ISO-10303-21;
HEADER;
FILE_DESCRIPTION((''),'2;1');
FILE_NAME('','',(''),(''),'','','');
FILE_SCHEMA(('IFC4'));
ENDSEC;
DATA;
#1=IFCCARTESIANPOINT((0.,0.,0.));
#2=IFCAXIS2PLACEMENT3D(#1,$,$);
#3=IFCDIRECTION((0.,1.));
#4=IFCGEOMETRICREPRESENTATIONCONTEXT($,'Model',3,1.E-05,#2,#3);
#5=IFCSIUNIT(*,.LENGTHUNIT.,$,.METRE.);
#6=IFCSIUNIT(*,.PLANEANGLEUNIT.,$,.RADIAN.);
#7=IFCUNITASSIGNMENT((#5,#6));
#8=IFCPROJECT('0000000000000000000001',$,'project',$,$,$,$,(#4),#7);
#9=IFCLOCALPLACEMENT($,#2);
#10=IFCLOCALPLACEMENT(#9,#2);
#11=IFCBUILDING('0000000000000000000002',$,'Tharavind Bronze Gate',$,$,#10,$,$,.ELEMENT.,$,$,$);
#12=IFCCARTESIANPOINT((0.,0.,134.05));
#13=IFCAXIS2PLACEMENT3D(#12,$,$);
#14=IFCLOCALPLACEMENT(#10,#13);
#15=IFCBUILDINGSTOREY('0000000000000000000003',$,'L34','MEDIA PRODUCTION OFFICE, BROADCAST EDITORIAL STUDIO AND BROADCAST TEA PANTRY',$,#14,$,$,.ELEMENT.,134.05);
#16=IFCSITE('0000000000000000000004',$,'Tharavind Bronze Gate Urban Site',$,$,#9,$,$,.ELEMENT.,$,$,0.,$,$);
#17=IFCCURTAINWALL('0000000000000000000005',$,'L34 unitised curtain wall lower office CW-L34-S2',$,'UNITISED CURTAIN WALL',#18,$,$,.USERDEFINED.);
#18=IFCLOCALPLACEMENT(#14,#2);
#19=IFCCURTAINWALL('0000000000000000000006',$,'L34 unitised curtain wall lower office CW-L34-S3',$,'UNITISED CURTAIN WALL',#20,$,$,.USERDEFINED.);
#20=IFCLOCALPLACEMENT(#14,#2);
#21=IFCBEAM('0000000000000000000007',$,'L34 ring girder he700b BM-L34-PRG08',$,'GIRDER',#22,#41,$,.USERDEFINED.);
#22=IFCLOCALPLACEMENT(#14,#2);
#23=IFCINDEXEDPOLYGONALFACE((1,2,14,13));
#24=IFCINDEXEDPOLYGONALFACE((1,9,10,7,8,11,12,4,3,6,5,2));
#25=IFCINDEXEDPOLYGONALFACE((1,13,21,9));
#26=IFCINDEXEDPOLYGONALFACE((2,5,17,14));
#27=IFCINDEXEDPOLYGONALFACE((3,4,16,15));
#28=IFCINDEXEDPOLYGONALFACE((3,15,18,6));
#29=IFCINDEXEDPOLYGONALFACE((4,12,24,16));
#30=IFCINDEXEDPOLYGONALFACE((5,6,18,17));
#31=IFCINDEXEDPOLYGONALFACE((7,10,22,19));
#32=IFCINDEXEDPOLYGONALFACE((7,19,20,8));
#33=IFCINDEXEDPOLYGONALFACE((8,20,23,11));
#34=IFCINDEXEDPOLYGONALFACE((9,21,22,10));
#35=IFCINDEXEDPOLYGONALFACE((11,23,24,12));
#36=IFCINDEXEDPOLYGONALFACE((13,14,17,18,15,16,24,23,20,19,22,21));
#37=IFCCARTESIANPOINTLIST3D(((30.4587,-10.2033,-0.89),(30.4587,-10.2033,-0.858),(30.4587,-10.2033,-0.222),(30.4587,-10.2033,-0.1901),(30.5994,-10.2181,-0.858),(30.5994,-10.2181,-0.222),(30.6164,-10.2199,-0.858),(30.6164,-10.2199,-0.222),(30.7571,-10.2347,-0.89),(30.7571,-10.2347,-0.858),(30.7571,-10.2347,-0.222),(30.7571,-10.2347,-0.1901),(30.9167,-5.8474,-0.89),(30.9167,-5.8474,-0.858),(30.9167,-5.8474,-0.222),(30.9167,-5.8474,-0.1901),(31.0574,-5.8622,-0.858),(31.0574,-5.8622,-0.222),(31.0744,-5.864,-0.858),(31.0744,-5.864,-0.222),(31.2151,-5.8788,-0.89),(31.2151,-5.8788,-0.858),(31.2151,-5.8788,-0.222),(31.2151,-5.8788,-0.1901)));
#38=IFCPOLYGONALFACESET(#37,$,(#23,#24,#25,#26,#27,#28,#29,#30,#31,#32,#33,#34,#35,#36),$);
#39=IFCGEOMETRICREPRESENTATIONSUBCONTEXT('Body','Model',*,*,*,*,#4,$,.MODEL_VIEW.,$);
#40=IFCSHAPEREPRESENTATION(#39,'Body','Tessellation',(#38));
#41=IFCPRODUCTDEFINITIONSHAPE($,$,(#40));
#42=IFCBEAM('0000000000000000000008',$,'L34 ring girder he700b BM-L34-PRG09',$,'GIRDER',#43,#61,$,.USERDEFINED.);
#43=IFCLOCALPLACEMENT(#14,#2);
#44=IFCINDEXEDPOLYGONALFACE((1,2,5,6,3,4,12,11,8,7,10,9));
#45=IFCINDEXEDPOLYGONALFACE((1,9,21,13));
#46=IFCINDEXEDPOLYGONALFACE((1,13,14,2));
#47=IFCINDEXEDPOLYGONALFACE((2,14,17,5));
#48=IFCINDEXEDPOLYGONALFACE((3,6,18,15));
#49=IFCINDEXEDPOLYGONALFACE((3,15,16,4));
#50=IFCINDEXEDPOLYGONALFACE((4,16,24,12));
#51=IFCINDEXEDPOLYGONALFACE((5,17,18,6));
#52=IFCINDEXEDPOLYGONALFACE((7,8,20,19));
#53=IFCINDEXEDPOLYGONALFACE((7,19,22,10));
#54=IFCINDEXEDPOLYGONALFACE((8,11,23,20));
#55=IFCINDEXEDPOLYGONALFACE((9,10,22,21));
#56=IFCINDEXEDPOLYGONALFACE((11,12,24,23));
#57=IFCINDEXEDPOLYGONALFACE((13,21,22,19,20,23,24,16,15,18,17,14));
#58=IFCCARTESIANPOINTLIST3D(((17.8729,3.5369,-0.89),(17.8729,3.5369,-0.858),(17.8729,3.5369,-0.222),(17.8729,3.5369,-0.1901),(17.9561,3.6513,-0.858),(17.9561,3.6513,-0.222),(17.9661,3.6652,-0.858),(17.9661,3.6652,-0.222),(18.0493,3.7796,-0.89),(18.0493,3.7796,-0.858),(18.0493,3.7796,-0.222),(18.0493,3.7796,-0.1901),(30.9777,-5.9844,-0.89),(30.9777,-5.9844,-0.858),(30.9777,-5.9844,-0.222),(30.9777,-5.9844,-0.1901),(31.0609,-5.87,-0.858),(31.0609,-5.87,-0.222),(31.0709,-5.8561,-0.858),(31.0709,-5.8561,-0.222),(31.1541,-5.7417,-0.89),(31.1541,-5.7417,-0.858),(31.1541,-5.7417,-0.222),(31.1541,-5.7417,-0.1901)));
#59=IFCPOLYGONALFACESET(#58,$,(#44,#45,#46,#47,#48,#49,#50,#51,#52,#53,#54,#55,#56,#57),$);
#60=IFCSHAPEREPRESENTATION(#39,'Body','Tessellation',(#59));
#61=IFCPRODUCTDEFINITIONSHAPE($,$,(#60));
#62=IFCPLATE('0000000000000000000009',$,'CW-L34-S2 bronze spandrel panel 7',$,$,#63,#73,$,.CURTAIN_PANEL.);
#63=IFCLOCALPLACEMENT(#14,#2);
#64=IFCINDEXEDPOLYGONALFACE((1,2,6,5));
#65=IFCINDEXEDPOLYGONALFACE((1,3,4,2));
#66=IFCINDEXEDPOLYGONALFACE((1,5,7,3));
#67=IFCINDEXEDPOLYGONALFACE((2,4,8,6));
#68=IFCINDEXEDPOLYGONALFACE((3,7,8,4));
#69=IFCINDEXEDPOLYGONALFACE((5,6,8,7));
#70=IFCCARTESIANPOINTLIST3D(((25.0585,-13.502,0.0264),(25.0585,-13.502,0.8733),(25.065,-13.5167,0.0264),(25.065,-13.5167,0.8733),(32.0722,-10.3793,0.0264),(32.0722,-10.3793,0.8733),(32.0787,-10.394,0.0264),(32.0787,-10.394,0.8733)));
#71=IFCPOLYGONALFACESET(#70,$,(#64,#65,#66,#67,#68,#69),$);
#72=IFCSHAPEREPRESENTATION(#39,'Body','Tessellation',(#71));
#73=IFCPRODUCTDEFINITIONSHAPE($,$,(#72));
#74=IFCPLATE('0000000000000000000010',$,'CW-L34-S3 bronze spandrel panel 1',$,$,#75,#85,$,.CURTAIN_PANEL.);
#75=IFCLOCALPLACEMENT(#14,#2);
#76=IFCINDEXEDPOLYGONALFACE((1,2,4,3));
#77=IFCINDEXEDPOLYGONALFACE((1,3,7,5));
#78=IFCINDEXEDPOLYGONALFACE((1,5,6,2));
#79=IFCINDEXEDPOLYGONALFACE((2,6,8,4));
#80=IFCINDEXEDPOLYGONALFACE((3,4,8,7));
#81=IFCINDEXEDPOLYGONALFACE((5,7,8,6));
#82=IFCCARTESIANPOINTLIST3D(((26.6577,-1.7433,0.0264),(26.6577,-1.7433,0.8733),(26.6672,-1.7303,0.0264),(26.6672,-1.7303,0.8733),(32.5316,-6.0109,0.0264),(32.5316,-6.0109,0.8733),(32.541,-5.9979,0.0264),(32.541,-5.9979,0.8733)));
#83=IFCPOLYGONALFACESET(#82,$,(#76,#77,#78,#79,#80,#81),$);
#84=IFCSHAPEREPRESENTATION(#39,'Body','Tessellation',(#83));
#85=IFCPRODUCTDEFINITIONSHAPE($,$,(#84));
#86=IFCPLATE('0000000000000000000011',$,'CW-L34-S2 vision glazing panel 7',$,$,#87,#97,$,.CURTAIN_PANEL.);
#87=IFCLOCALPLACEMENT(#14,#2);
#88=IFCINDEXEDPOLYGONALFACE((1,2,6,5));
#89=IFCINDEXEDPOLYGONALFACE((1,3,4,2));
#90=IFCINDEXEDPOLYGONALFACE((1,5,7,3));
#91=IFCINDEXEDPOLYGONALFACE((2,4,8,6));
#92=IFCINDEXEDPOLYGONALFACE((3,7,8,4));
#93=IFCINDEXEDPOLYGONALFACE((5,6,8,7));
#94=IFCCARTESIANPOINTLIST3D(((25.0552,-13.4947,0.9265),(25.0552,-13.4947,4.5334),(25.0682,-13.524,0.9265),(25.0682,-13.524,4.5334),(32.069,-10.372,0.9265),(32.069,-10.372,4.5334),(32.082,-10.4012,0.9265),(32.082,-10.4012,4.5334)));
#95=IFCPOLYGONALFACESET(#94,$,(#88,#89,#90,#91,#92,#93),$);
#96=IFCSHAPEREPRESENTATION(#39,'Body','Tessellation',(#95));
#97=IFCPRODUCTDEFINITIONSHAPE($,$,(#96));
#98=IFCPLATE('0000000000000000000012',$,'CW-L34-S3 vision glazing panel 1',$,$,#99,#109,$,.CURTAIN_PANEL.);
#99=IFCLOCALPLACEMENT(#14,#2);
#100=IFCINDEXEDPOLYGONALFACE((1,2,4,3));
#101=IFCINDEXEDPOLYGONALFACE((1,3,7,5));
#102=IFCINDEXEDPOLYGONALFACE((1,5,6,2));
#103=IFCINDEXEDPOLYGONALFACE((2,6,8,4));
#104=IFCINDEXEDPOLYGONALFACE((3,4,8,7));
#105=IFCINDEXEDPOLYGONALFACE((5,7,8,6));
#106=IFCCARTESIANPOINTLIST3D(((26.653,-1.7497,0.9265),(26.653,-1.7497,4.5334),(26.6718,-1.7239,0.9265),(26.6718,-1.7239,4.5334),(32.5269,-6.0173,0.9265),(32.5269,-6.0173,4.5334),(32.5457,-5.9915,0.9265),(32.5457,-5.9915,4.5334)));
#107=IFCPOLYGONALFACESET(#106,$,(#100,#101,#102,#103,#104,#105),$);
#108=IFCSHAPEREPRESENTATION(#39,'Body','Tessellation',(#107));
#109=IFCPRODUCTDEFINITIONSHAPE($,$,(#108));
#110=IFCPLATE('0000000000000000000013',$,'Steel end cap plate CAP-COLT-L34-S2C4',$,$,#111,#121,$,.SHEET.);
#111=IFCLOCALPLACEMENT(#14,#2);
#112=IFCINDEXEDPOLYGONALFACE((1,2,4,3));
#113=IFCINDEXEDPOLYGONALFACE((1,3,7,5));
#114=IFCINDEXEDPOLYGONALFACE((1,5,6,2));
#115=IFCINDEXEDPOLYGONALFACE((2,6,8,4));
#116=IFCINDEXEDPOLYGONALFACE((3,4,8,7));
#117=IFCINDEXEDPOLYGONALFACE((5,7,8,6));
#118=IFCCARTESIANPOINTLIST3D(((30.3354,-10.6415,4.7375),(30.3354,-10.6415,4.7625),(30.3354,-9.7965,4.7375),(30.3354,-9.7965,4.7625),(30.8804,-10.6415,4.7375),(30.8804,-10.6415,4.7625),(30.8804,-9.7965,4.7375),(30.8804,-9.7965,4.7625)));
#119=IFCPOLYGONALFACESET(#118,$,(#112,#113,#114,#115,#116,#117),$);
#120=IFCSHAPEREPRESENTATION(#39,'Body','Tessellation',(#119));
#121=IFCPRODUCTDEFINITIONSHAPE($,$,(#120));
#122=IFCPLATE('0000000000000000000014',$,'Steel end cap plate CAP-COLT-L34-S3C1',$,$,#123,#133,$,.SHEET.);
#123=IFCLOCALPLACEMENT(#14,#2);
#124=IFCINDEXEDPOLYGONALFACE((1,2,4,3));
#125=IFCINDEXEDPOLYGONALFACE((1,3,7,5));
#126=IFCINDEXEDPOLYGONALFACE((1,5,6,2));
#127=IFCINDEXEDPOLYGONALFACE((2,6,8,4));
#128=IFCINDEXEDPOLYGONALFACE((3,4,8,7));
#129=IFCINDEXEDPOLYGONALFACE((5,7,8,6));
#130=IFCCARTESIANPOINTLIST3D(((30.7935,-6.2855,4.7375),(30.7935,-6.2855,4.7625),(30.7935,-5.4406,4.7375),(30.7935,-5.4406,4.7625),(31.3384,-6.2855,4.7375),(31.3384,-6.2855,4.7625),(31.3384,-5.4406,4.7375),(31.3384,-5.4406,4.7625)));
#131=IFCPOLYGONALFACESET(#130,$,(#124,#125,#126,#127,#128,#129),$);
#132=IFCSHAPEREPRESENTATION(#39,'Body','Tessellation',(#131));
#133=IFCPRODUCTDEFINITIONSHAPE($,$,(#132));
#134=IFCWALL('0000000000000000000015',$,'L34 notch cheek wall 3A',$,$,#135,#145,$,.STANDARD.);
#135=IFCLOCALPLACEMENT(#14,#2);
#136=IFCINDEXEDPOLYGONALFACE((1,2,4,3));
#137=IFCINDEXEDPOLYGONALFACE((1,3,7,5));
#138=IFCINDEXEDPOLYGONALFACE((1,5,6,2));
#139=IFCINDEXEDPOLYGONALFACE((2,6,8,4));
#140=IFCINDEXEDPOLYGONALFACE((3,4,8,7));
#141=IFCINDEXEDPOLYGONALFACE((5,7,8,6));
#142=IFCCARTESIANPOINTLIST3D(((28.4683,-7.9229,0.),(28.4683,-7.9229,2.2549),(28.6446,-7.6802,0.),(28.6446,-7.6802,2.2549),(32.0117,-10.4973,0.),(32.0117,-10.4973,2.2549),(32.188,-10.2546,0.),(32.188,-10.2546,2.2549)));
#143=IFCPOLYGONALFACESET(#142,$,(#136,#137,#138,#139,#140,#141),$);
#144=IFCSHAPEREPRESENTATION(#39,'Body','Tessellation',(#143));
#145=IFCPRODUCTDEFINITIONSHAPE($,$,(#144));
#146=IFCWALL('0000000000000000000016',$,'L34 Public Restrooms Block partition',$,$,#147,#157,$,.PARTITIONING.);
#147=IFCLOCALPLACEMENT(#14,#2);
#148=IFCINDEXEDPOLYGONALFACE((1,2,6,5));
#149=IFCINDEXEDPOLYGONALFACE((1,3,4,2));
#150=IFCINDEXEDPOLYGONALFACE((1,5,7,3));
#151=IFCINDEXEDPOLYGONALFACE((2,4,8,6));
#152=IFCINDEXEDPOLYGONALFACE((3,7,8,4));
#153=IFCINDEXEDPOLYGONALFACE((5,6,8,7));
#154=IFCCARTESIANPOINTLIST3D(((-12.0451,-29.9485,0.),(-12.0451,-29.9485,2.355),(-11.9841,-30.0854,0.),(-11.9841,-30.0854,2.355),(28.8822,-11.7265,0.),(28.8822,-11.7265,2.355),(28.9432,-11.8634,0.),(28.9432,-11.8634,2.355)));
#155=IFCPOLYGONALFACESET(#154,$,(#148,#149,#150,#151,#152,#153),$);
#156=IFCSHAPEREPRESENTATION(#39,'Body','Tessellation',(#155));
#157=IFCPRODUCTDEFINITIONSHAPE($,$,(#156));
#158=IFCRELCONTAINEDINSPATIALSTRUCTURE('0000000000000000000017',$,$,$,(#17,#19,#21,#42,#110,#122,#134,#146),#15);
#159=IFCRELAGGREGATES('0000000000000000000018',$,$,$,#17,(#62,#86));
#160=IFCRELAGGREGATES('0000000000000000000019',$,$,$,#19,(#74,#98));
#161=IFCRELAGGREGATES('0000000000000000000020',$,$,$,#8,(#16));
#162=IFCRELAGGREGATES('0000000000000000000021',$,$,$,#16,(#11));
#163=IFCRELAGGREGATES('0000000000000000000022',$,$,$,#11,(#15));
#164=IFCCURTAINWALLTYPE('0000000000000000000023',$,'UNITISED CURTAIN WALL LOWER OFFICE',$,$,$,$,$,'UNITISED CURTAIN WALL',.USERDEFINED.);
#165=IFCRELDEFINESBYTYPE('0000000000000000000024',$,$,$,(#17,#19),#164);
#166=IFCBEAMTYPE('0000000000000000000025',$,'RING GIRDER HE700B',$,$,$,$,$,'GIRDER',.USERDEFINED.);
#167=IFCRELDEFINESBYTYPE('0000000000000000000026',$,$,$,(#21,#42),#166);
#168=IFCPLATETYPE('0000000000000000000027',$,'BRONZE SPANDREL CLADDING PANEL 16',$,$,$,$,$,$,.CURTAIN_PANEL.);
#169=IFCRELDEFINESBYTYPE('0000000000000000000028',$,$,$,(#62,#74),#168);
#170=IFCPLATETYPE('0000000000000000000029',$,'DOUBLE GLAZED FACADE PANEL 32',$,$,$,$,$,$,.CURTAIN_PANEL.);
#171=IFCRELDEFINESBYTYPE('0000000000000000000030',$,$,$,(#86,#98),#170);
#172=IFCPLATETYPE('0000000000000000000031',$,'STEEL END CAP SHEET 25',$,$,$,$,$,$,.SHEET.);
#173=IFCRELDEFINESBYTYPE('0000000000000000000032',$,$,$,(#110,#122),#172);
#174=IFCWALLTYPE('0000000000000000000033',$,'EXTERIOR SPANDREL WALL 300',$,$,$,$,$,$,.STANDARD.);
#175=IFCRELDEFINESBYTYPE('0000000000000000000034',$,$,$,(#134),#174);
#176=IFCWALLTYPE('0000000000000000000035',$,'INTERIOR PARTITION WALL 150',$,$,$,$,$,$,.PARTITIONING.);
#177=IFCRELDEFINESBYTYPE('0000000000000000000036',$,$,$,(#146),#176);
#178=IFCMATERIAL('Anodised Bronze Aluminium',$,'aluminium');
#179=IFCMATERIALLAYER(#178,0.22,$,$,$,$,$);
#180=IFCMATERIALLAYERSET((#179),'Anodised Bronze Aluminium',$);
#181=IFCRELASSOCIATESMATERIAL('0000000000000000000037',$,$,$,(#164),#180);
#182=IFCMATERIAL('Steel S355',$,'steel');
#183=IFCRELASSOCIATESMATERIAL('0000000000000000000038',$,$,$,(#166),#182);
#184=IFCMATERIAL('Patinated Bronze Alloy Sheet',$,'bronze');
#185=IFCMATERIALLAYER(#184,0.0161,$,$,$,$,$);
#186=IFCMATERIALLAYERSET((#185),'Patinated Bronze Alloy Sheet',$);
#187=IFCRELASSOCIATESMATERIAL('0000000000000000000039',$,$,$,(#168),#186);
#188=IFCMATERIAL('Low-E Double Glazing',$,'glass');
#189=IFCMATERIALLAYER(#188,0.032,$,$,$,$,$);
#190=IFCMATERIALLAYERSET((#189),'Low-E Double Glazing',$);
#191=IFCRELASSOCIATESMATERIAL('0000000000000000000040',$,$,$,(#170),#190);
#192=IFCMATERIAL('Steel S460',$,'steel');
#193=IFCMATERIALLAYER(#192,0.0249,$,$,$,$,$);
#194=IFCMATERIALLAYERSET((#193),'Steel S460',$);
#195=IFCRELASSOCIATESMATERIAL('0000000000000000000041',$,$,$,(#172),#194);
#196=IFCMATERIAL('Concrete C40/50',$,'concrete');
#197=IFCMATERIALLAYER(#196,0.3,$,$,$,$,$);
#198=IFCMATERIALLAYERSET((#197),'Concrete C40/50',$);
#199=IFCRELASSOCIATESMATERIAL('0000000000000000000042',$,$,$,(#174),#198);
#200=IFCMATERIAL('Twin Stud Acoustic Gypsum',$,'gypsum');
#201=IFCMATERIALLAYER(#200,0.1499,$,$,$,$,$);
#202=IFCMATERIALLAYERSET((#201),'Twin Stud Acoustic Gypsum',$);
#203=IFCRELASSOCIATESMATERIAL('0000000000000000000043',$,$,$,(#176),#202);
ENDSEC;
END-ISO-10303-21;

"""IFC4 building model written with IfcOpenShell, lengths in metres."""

from ifc_helpers import new_model, si_unit, direction, frame, frame_2d, origin, origin_2d, place, context, subcontext, project, spatial, rectangle, i_section, extrude, material, layer, layer_set, material_profile, profile_set, type_object, element, aggregate, save


model = new_model("IFC4")

# Units and contexts
model_context = context("Model", 3, precision=1e-05, world=origin(), true_north=direction((0.0, 1.0)))
body_context = subcontext(model_context, "Body", "Model", "MODEL_VIEW")
ifc_project = project(units=[si_unit("LENGTHUNIT", "METRE"), si_unit("PLANEANGLEUNIT", "RADIAN")], contexts=[model_context])

# Site, building, storey
site_placement = place(None, origin())
site = spatial("IfcSite", under=ifc_project, at=site_placement, Name="Tharavind Bronze Gate Urban Site", CompositionType="ELEMENT", RefElevation=0.0)
building_placement = place(site_placement, origin())
building = spatial("IfcBuilding", under=site, at=building_placement, Name="Tharavind Bronze Gate", CompositionType="ELEMENT")
storey_placement = place(building_placement, frame((0.0, 0.0, 134.05)))
storey = spatial("IfcBuildingStorey", under=building, at=storey_placement, Name="L34", Description="MEDIA PRODUCTION OFFICE, BROADCAST EDITORIAL STUDIO AND BROADCAST TEA PANTRY", CompositionType="ELEMENT", Elevation=134.05)

# Shared definitions
ifc_material_1 = material(Name="Steel S460", Category="steel")

# Curtain walls
ifc_material_2 = material(Name="Anodised Bronze Aluminium", Category="aluminium")
ifc_layer_1 = layer(ifc_material_2, 0.22)
ifc_layer_set_1 = layer_set([ifc_layer_1], Name="Anodised Bronze Aluminium")
curtain_wall_type = type_object("IfcCurtainWallType", Name="UNITISED CURTAIN WALL LOWER OFFICE", ElementType="UNITISED CURTAIN WALL", PredefinedType="USERDEFINED", material=ifc_layer_set_1)
curtain_wall_1_placement = place(storey_placement, origin())
curtain_wall_1 = element("IfcCurtainWall", 1, at=curtain_wall_1_placement, inside=storey, type_object=curtain_wall_type, Name="L34 unitised curtain wall lower office CW-L34-S2", ObjectType="UNITISED CURTAIN WALL", PredefinedType="USERDEFINED")
curtain_wall_2_placement = place(storey_placement, origin())
curtain_wall_2 = element("IfcCurtainWall", 2, at=curtain_wall_2_placement, inside=storey, type_object=curtain_wall_type, Name="L34 unitised curtain wall lower office CW-L34-S3", ObjectType="UNITISED CURTAIN WALL", PredefinedType="USERDEFINED")

# Beams
ifc_material_3 = material(Name="Steel S355", Category="steel")
ifc_material_profile_1 = material_profile(ifc_material_3, i_section(OverallWidth=0.3, OverallDepth=0.7, WebThickness=0.0171, FlangeThickness=0.032, at=origin_2d()), Name="HE700B")
ifc_profile_set_1 = profile_set([ifc_material_profile_1], Name="Steel S355")
beam_type_1 = type_object("IfcBeamType", Name="RING GIRDER HE700B", ElementType="GIRDER", PredefinedType="USERDEFINED", material=ifc_profile_set_1)
beam_1_placement = place(storey_placement, frame((30.6079, -10.219, -0.54), z_axis=(0.104569, 0.994518, 0.0), x_axis=(-0.994518, 0.104569, 0.0)))
element("IfcBeam", 3, at=beam_1_placement, inside=storey, type_object=beam_type_1, Name="L34 ring girder he700b BM-L34-PRG08", ObjectType="GIRDER", PredefinedType="USERDEFINED", context=body_context, shape_type="SweptSolid", body=[
    extrude(i_section(OverallWidth=0.3, OverallDepth=0.7, WebThickness=0.0171, FlangeThickness=0.032, at=origin_2d()), origin(), (0.0, 0.0, 1.0), 4.3799),
])
beam_2_placement = place(storey_placement, frame((31.0659, -5.863, -0.54), z_axis=(-0.809014, 0.587789, 0.0), x_axis=(-0.587789, -0.809014, 0.0)))
element("IfcBeam", 4, at=beam_2_placement, inside=storey, type_object=beam_type_1, Name="L34 ring girder he700b BM-L34-PRG09", ObjectType="GIRDER", PredefinedType="USERDEFINED", context=body_context, shape_type="SweptSolid", body=[
    extrude(i_section(OverallWidth=0.3, OverallDepth=0.7, WebThickness=0.0171, FlangeThickness=0.032, at=origin_2d()), origin(), (0.0, 0.0, 1.0), 16.1985),
])

# Plates
ifc_material_4 = material(Name="Patinated Bronze Alloy Sheet", Category="bronze")
ifc_layer_2 = layer(ifc_material_4, 0.0161)
ifc_layer_set_2 = layer_set([ifc_layer_2], Name="Patinated Bronze Alloy Sheet")
plate_type_1 = type_object("IfcPlateType", Name="BRONZE SPANDREL CLADDING PANEL 16", PredefinedType="CURTAIN_PANEL", material=ifc_layer_set_2)
plate_1_placement = place(storey_placement, frame((28.5686, -11.948, 0.0264), z_axis=(0.0, 0.0, 1.0), x_axis=(0.913545, 0.406737, 0.0)))
plate_1 = element("IfcPlate", 5, at=plate_1_placement, type_object=plate_type_1, Name="CW-L34-S2 bronze spandrel panel 7", PredefinedType="CURTAIN_PANEL", context=body_context, shape_type="SweptSolid", body=[
    extrude(rectangle(XDim=7.6775, YDim=0.0161, at=origin_2d()), origin(), (0.0, 0.0, 1.0), 0.8469),
])
plate_2_placement = place(storey_placement, frame((29.5994, -3.8706, 0.0264), z_axis=(0.0, 0.0, 1.0), x_axis=(-0.809017, 0.587785, 0.0)))
plate_2 = element("IfcPlate", 6, at=plate_2_placement, type_object=plate_type_1, Name="CW-L34-S3 bronze spandrel panel 1", PredefinedType="CURTAIN_PANEL", context=body_context, shape_type="SweptSolid", body=[
    extrude(rectangle(XDim=7.2605, YDim=0.0161, at=origin_2d()), origin(), (0.0, 0.0, 1.0), 0.8469),
])
ifc_material_5 = material(Name="Low-E Double Glazing", Category="glass")
ifc_layer_3 = layer(ifc_material_5, 0.032)
ifc_layer_set_3 = layer_set([ifc_layer_3], Name="Low-E Double Glazing")
plate_type_2 = type_object("IfcPlateType", Name="DOUBLE GLAZED FACADE PANEL 32", PredefinedType="CURTAIN_PANEL", material=ifc_layer_set_3)
plate_3_placement = place(storey_placement, frame((28.5686, -11.948, 0.9265), z_axis=(0.0, 0.0, 1.0), x_axis=(0.913545, 0.406737, 0.0)))
plate_3 = element("IfcPlate", 7, at=plate_3_placement, type_object=plate_type_2, Name="CW-L34-S2 vision glazing panel 7", PredefinedType="CURTAIN_PANEL", context=body_context, shape_type="SweptSolid", body=[
    extrude(rectangle(XDim=7.6775, YDim=0.032, at=origin_2d()), origin(), (0.0, 0.0, 1.0), 3.6069),
])
aggregate(curtain_wall_1, [plate_1, plate_3])
plate_4_placement = place(storey_placement, frame((29.5994, -3.8706, 0.9265), z_axis=(0.0, 0.0, 1.0), x_axis=(-0.809017, 0.587785, 0.0)))
plate_4 = element("IfcPlate", 8, at=plate_4_placement, type_object=plate_type_2, Name="CW-L34-S3 vision glazing panel 1", PredefinedType="CURTAIN_PANEL", context=body_context, shape_type="SweptSolid", body=[
    extrude(rectangle(XDim=7.2605, YDim=0.032, at=origin_2d()), origin(), (0.0, 0.0, 1.0), 3.6069),
])
aggregate(curtain_wall_2, [plate_2, plate_4])

# Plates
ifc_layer_4 = layer(ifc_material_1, 0.0249)
ifc_layer_set_4 = layer_set([ifc_layer_4], Name="Steel S460")
plate_type_3 = type_object("IfcPlateType", Name="STEEL END CAP SHEET 25", PredefinedType="SHEET", material=ifc_layer_set_4)
for number, where, z_axis, x_axis, name in (
    (9, (30.6079, -10.219, 4.7375), (0.0, 0.0, 1.0), (1.0, 0.0, 0.0), "Steel end cap plate CAP-COLT-L34-S2C4"),
    (10, (31.0659, -5.863, 4.7375), (0.0, 0.0, 1.0), (1.0, 0.0, 0.0), "Steel end cap plate CAP-COLT-L34-S3C1"),
):
    element("IfcPlate", number, at=place(storey_placement, frame(where, z_axis=z_axis, x_axis=x_axis)), inside=storey, type_object=plate_type_3, Name=name, PredefinedType="SHEET", context=body_context, shape_type="SweptSolid", body=[
        extrude(rectangle(XDim=0.5449, YDim=0.845, at=origin_2d()), origin(), (0.0, 0.0, 1.0), 0.0249),
    ])

# Walls
ifc_material_6 = material(Name="Concrete C40/50", Category="concrete")
ifc_layer_5 = layer(ifc_material_6, 0.3)
ifc_layer_set_5 = layer_set([ifc_layer_5], Name="Concrete C40/50")
wall_type_1 = type_object("IfcWallType", Name="EXTERIOR SPANDREL WALL 300", PredefinedType="STANDARD", material=ifc_layer_set_5)
wall_1_placement = place(storey_placement, frame((32.0999, -10.376, 0.0), z_axis=(0.0, 0.0, 1.0), x_axis=(-0.809018, 0.587784, 0.0)))
element("IfcWall", 11, at=wall_1_placement, inside=storey, type_object=wall_type_1, Name="L34 notch cheek wall 3A", PredefinedType="STANDARD", context=body_context, shape_type="SweptSolid", body=[
    extrude(rectangle(XDim=4.3799, YDim=0.3, at=frame_2d((2.1899, 0.0))), origin(), (0.0, 0.0, 1.0), 2.2549),
])
ifc_material_7 = material(Name="Twin Stud Acoustic Gypsum", Category="gypsum")
ifc_layer_6 = layer(ifc_material_7, 0.1499)
ifc_layer_set_6 = layer_set([ifc_layer_6], Name="Twin Stud Acoustic Gypsum")
wall_type_2 = type_object("IfcWallType", Name="INTERIOR PARTITION WALL 150", PredefinedType="PARTITIONING", material=ifc_layer_set_6)
wall_2_placement = place(storey_placement, frame((28.9128, -11.7949, 0.0), z_axis=(0.0, 0.0, 1.0), x_axis=(-0.913546, -0.406736, 0.0)))
element("IfcWall", 12, at=wall_2_placement, inside=storey, type_object=wall_type_2, Name="L34 Public Restrooms Block partition", PredefinedType="PARTITIONING", context=body_context, shape_type="SweptSolid", body=[
    extrude(rectangle(XDim=44.8005, YDim=0.1499, at=frame_2d((22.4004, 0.0))), origin(), (0.0, 0.0, 1.0), 2.355),
])

save(model, "model.ifc")
